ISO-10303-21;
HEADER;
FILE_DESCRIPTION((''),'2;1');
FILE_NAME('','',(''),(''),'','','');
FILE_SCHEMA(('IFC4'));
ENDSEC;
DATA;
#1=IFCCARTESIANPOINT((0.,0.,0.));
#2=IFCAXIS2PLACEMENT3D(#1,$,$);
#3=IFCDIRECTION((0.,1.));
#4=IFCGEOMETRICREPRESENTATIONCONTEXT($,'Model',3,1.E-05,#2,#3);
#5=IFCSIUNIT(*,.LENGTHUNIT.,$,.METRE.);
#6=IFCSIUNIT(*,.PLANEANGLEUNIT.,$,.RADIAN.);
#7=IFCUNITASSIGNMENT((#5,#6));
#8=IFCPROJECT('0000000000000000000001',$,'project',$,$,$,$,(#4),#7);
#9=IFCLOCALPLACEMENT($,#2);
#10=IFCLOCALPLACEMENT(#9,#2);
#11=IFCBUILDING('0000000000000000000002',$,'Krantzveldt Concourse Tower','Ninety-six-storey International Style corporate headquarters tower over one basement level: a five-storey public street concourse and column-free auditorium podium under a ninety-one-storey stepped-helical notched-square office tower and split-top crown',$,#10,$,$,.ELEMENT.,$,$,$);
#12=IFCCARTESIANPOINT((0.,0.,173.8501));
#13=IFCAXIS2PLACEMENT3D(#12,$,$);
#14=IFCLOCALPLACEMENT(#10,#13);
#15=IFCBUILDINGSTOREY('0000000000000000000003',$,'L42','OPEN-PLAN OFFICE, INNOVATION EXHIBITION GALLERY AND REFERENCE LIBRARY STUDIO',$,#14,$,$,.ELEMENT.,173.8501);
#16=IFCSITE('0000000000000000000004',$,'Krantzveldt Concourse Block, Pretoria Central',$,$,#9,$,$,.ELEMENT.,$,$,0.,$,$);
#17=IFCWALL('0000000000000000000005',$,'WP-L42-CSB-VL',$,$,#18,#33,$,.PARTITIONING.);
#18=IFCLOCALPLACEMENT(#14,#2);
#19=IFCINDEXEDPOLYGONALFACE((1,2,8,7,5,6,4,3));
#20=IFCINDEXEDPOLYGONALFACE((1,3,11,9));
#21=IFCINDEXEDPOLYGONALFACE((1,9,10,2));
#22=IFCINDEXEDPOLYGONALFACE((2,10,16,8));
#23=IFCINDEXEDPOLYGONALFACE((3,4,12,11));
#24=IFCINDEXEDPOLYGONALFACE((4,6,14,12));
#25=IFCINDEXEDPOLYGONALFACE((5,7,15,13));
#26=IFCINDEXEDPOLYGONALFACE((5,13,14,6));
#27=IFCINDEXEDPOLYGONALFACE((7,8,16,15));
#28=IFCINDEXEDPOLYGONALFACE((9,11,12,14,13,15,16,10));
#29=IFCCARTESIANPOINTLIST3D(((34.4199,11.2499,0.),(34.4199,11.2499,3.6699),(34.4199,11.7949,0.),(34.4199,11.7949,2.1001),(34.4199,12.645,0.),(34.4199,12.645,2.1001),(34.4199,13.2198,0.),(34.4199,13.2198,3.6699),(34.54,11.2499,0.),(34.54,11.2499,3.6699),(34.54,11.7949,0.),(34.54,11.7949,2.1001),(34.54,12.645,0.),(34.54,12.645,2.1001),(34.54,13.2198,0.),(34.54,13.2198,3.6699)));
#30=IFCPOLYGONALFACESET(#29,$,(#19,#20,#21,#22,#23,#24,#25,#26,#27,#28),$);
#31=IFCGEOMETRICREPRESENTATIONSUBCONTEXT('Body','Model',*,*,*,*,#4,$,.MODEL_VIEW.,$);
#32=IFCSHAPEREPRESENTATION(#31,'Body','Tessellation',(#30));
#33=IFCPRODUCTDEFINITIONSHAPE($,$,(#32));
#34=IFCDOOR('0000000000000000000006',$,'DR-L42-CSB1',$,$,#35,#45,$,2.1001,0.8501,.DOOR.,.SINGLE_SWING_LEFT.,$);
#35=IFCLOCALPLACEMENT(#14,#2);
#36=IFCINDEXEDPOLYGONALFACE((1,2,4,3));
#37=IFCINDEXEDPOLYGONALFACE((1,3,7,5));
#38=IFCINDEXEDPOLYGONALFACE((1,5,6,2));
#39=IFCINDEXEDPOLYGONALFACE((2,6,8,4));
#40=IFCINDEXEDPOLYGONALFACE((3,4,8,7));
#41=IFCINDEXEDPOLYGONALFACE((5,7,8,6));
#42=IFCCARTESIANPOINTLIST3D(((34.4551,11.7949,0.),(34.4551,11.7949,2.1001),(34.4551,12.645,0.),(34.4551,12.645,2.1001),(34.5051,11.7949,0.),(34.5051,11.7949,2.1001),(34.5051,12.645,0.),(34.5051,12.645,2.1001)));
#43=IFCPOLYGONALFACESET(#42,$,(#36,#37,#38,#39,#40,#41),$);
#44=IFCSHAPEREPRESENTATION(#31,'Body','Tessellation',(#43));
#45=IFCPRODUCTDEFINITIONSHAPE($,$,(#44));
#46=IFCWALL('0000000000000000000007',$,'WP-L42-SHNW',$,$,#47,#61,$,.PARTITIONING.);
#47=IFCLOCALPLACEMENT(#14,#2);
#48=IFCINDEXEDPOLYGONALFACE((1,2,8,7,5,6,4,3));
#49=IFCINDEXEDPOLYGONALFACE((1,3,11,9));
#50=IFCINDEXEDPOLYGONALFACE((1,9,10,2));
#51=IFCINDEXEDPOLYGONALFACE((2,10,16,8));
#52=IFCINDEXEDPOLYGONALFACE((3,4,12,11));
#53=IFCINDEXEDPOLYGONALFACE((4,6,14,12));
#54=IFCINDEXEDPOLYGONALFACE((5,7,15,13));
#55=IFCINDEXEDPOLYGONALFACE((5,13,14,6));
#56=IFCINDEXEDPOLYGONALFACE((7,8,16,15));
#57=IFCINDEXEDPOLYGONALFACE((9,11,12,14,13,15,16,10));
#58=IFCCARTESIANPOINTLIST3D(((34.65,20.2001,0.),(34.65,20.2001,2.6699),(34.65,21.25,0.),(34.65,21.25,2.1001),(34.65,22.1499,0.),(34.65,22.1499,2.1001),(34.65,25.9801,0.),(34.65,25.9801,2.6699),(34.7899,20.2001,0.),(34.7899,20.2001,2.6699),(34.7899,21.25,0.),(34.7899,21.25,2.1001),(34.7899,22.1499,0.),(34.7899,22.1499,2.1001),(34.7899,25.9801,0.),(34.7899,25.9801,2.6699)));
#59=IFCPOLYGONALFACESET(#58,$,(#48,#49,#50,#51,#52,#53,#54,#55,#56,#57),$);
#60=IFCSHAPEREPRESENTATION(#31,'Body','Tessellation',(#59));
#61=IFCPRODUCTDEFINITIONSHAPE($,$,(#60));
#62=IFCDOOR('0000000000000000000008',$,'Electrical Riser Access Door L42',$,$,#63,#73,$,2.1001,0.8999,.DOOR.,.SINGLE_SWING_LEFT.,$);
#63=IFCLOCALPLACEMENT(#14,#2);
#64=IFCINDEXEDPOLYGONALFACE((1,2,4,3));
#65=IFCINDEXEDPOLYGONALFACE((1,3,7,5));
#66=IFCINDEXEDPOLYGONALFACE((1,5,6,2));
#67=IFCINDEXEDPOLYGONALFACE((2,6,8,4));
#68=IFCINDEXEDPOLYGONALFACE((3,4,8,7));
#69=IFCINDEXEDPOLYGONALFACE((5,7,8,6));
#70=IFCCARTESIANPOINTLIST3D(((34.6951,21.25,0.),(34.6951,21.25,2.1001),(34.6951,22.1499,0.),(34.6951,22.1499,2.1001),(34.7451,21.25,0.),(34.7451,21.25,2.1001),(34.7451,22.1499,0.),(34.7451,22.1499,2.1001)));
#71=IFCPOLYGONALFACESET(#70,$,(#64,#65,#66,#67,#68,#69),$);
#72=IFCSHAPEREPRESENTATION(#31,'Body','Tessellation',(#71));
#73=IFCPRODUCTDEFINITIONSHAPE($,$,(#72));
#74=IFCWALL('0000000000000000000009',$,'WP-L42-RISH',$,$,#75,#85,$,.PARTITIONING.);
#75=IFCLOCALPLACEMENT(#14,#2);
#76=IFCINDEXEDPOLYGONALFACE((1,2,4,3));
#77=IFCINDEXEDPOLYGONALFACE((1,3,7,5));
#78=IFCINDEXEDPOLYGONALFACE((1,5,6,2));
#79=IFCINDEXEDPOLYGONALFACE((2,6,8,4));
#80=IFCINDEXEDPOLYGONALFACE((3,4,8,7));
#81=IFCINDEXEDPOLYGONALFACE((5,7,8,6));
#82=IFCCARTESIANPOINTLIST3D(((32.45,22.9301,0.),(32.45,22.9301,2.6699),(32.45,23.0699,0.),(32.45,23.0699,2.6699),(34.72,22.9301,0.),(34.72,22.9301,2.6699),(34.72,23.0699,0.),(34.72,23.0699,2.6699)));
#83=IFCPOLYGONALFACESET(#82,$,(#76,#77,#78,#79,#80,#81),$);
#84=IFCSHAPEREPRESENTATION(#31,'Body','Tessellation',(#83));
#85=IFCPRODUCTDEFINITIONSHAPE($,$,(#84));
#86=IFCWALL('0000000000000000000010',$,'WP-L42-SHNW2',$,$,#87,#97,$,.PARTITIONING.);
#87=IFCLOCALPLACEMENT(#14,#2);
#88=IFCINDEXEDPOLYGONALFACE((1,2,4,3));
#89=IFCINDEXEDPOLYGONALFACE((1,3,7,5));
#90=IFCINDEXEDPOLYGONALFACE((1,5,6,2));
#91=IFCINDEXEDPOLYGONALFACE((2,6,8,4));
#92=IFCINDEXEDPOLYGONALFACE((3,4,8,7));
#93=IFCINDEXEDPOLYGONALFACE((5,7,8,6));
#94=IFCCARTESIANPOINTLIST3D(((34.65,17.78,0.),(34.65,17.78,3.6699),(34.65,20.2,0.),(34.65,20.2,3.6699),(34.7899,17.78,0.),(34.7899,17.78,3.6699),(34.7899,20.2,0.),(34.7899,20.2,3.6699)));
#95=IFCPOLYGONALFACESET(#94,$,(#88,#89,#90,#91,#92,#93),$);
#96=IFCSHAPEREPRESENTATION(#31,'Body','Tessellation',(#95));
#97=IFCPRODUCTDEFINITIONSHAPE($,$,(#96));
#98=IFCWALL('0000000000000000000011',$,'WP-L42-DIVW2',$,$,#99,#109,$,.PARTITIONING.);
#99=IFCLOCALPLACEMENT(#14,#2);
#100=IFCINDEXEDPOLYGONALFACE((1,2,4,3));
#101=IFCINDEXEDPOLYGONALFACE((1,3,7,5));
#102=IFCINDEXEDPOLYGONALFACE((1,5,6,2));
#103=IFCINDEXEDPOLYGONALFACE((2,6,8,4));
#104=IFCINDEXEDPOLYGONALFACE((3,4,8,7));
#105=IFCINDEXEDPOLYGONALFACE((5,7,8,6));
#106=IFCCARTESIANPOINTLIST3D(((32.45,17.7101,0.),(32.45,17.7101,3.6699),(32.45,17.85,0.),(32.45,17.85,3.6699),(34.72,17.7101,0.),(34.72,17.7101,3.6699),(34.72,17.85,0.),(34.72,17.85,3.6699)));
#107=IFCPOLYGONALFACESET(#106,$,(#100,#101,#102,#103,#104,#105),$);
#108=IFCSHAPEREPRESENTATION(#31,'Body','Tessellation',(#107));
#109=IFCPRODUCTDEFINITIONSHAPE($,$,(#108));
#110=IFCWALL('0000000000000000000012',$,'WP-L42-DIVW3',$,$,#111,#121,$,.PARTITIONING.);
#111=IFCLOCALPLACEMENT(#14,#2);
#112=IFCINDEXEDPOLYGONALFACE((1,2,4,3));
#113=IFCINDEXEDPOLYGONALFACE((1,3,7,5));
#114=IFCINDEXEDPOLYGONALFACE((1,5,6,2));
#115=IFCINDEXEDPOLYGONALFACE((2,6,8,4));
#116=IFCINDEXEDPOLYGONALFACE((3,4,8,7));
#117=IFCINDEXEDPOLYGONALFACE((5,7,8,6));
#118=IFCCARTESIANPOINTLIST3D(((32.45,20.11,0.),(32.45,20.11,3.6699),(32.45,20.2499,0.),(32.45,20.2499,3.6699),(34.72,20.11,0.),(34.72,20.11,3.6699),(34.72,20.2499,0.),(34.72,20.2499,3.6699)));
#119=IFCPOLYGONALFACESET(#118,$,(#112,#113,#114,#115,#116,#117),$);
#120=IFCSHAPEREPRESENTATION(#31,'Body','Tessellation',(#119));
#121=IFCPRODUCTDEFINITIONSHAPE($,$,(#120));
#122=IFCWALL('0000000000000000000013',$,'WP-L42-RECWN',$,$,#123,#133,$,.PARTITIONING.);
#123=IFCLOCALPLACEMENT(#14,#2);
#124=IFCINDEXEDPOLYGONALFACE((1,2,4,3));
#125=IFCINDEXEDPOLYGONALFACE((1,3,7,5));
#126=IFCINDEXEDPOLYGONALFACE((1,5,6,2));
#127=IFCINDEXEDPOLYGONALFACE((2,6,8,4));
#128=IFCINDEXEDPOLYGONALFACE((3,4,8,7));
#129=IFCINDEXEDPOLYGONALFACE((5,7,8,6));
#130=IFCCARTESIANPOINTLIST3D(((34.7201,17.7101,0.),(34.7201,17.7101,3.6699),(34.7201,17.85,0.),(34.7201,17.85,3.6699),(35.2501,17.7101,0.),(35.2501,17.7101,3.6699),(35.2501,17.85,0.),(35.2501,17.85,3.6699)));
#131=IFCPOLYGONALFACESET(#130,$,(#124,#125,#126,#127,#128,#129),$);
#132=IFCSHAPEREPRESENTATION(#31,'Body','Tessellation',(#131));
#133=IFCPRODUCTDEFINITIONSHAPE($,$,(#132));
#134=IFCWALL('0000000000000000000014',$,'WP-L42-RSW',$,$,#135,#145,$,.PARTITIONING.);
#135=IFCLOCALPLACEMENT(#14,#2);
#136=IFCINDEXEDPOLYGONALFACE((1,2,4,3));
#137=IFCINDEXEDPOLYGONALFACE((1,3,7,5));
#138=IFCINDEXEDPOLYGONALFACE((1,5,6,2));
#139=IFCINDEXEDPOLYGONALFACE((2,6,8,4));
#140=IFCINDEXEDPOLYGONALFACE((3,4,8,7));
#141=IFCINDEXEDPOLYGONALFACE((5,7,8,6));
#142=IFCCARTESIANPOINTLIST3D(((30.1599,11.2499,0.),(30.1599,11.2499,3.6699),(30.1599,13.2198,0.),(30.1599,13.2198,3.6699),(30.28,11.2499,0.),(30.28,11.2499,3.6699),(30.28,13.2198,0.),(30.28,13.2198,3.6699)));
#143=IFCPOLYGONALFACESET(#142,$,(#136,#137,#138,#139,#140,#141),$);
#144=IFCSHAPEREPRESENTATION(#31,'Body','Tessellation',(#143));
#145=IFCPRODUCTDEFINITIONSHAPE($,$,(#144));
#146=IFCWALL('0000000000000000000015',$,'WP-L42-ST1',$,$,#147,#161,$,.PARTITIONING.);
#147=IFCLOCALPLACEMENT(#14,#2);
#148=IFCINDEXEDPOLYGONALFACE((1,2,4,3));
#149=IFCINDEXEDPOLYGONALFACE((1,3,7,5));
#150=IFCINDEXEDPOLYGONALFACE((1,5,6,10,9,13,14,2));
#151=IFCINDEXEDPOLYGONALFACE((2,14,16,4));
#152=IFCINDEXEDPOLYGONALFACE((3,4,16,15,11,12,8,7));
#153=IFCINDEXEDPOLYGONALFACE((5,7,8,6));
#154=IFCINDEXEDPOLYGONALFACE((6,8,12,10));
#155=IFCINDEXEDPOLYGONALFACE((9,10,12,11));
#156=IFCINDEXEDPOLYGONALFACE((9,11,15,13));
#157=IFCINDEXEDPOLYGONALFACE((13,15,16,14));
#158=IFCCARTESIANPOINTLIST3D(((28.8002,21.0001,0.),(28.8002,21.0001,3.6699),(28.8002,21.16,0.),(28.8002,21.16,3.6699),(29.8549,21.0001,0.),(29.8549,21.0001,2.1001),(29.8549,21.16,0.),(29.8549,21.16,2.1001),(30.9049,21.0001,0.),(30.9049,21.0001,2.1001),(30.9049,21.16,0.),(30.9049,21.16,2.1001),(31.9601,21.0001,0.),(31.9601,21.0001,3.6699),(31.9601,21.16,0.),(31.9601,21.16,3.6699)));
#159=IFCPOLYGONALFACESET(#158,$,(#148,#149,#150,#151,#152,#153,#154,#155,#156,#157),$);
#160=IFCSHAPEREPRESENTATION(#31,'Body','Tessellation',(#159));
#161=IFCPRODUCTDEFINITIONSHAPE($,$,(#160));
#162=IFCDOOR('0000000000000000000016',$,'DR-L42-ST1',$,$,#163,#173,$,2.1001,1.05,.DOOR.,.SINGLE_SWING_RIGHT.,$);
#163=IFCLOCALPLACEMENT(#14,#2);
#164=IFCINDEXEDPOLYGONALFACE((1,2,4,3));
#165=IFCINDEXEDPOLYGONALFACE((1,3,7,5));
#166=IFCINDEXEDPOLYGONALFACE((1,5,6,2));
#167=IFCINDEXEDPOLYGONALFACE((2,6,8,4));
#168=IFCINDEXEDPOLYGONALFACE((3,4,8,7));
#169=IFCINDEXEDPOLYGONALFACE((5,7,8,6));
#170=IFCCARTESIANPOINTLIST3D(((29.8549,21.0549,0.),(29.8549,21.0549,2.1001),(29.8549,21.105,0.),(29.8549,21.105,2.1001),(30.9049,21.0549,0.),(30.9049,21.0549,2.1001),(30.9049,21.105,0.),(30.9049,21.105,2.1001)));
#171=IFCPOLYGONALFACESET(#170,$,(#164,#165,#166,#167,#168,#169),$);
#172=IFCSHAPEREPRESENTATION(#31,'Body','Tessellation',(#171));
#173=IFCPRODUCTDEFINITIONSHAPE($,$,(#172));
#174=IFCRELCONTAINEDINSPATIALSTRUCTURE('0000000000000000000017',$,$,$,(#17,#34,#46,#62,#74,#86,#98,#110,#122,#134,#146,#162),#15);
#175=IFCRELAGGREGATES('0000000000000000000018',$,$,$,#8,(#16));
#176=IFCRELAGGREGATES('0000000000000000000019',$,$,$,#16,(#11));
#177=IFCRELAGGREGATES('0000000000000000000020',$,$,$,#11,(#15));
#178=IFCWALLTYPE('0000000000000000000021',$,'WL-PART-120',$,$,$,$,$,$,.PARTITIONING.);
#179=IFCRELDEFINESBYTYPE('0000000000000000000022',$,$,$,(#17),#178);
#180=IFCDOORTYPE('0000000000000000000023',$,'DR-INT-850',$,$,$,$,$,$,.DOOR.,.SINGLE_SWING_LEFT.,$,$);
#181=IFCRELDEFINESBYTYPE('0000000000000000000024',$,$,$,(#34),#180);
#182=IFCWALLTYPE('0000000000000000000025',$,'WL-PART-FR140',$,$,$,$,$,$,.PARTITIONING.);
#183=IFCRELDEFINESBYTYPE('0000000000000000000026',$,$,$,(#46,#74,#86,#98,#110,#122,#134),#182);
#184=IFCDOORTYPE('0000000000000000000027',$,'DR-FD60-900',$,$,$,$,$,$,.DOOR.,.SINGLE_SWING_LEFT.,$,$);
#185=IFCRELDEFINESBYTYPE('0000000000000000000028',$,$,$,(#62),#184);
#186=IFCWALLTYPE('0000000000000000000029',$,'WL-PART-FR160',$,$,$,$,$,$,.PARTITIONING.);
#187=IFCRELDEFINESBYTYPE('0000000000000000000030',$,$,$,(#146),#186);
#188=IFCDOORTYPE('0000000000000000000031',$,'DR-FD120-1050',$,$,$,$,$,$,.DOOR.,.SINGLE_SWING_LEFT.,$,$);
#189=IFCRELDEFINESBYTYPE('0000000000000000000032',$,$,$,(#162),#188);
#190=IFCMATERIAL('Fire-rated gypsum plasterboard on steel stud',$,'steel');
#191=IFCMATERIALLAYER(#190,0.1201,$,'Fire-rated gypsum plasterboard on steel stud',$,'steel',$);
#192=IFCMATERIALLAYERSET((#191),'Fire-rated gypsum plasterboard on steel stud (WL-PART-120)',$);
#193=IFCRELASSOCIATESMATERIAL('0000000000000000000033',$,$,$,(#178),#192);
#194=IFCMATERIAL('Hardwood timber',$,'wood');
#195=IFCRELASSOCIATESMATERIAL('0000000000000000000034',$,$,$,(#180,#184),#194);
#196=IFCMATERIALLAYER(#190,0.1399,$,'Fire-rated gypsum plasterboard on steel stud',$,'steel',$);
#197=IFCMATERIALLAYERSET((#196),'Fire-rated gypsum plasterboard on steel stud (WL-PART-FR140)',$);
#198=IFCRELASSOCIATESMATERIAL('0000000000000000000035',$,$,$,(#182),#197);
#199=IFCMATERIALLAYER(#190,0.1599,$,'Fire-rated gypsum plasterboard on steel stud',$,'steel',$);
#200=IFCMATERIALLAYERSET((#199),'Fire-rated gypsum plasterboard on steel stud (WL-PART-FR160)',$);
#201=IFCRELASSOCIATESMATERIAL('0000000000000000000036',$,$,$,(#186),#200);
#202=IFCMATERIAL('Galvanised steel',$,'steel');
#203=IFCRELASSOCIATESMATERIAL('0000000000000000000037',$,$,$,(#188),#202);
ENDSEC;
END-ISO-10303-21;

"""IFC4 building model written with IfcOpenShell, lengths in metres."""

from ifc_helpers import new_model, si_unit, direction, frame, frame_2d, origin, place, context, subcontext, project, spatial, rectangle, extrude, material, layer, layer_set, type_object, element, fill, save


model = new_model("IFC4")

# Units and contexts
model_context = context("Model", 3, precision=1e-05, world=origin(), true_north=direction((0.0, 1.0)))
body_context = subcontext(model_context, "Body", "Model", "MODEL_VIEW")
ifc_project = project(units=[si_unit("LENGTHUNIT", "METRE"), si_unit("PLANEANGLEUNIT", "RADIAN")], contexts=[model_context])

# Site, building, storey
site_placement = place(None, origin())
site = spatial("IfcSite", under=ifc_project, at=site_placement, Name="Krantzveldt Concourse Block, Pretoria Central", CompositionType="ELEMENT", RefElevation=0.0)
building_placement = place(site_placement, origin())
building = spatial("IfcBuilding", under=site, at=building_placement, Name="Krantzveldt Concourse Tower", Description="Ninety-six-storey International Style corporate headquarters tower over one basement level: a five-storey public street concourse and column-free auditorium podium under a ninety-one-storey stepped-helical notched-square office tower and split-top crown", CompositionType="ELEMENT")
storey_placement = place(building_placement, frame((0.0, 0.0, 173.8501)))
storey = spatial("IfcBuildingStorey", under=building, at=storey_placement, Name="L42", Description="OPEN-PLAN OFFICE, INNOVATION EXHIBITION GALLERY AND REFERENCE LIBRARY STUDIO", CompositionType="ELEMENT", Elevation=173.8501)

# Walls, openings, doors
ifc_material_1 = material(Name="Fire-rated gypsum plasterboard on steel stud", Category="steel")
ifc_layer_1 = layer(ifc_material_1, 0.1201, Name="Fire-rated gypsum plasterboard on steel stud", Category="steel")
ifc_layer_set_1 = layer_set([ifc_layer_1], Name="Fire-rated gypsum plasterboard on steel stud (WL-PART-120)")
wall_type_1 = type_object("IfcWallType", Name="WL-PART-120", PredefinedType="PARTITIONING", material=ifc_layer_set_1)
ifc_material_2 = material(Name="Hardwood timber", Category="wood")
door_type_1 = type_object("IfcDoorType", Name="DR-INT-850", OperationType="SINGLE_SWING_LEFT", PredefinedType="DOOR", material=ifc_material_2)
wall_1_placement = place(storey_placement, frame((34.48, 11.25, 0.0), z_axis=(0.0, 0.0, 1.0), x_axis=(0.0, 1.0, 0.0)))
wall_1 = element("IfcWall", 1, at=wall_1_placement, inside=storey, type_object=wall_type_1, Name="WP-L42-CSB-VL", PredefinedType="PARTITIONING", context=body_context, shape_type="SweptSolid", body=[
    extrude(rectangle(XDim=1.97, YDim=0.1201, at=frame_2d((0.9849, 0.0))), origin(), (0.0, 0.0, 1.0), 3.6699),
])
opening_1_placement = place(wall_1_placement, frame((0.5449, 0.0, 0.0)))
opening_1 = element("IfcOpeningElement", 2, at=opening_1_placement, cuts=wall_1, PredefinedType="OPENING", context=body_context, shape_type="SweptSolid", body=[
    extrude(rectangle(XDim=0.8501, YDim=2.1001, at=frame_2d((0.425, 1.05))), frame((0.0, 0.0701, 0.0), z_axis=(0.0, -1.0, 0.0), x_axis=(1.0, 0.0, 0.0)), (0.0, 0.0, 1.0), 0.1401),
])
door_1_placement = place(opening_1_placement, origin())
door_1 = element("IfcDoor", 3, at=door_1_placement, inside=storey, type_object=door_type_1, Name="DR-L42-CSB1", OperationType="SINGLE_SWING_LEFT", OverallHeight=2.1001, OverallWidth=0.8501, PredefinedType="DOOR", context=body_context, shape_type="SweptSolid", body=[
    extrude(rectangle(XDim=0.8501, YDim=2.1001, at=frame_2d((0.425, 1.05))), frame((0.0, 0.0249, 0.0), z_axis=(0.0, -1.0, 0.0), x_axis=(1.0, 0.0, 0.0)), (0.0, 0.0, 1.0), 0.05),
])
fill(opening_1, door_1)
ifc_layer_2 = layer(ifc_material_1, 0.1399, Name="Fire-rated gypsum plasterboard on steel stud", Category="steel")
ifc_layer_set_2 = layer_set([ifc_layer_2], Name="Fire-rated gypsum plasterboard on steel stud (WL-PART-FR140)")
wall_type_2 = type_object("IfcWallType", Name="WL-PART-FR140", PredefinedType="PARTITIONING", material=ifc_layer_set_2)
wall_2_placement = place(storey_placement, frame((34.72, 20.2, 0.0), z_axis=(0.0, 0.0, 1.0), x_axis=(0.0, 1.0, 0.0)))
wall_2 = element("IfcWall", 4, at=wall_2_placement, inside=storey, type_object=wall_type_2, Name="WP-L42-SHNW", PredefinedType="PARTITIONING", context=body_context, shape_type="SweptSolid", body=[
    extrude(rectangle(XDim=5.78, YDim=0.1399, at=frame_2d((2.8901, 0.0))), origin(), (0.0, 0.0, 1.0), 2.6699),
])
opening_2_placement = place(wall_2_placement, frame((1.05, 0.0, 0.0)))
opening_2 = element("IfcOpeningElement", 5, at=opening_2_placement, cuts=wall_2, PredefinedType="OPENING", context=body_context, shape_type="SweptSolid", body=[
    extrude(rectangle(XDim=0.8999, YDim=2.1001, at=frame_2d((0.45, 1.05))), frame((0.0, 0.0801, 0.0), z_axis=(0.0, -1.0, 0.0), x_axis=(1.0, 0.0, 0.0)), (0.0, 0.0, 1.0), 0.1599),
])
door_type_2 = type_object("IfcDoorType", Name="DR-FD60-900", OperationType="SINGLE_SWING_LEFT", PredefinedType="DOOR", material=ifc_material_2)
door_2_placement = place(opening_2_placement, origin())
door_2 = element("IfcDoor", 6, at=door_2_placement, inside=storey, type_object=door_type_2, Name="Electrical Riser Access Door L42", OperationType="SINGLE_SWING_LEFT", OverallHeight=2.1001, OverallWidth=0.8999, PredefinedType="DOOR", context=body_context, shape_type="SweptSolid", body=[
    extrude(rectangle(XDim=0.8999, YDim=2.1001, at=frame_2d((0.45, 1.05))), frame((0.0, 0.0249, 0.0), z_axis=(0.0, -1.0, 0.0), x_axis=(1.0, 0.0, 0.0)), (0.0, 0.0, 1.0), 0.05),
])
fill(opening_2, door_2)

# Walls
wall_3_placement = place(storey_placement, frame((32.45, 23.0, 0.0), z_axis=(0.0, 0.0, 1.0), x_axis=(1.0, 0.0, 0.0)))
element("IfcWall", 7, at=wall_3_placement, inside=storey, type_object=wall_type_2, Name="WP-L42-RISH", PredefinedType="PARTITIONING", context=body_context, shape_type="SweptSolid", body=[
    extrude(rectangle(XDim=2.27, YDim=0.1399, at=frame_2d((1.135, 0.0))), origin(), (0.0, 0.0, 1.0), 2.6699),
])
wall_4_placement = place(storey_placement, frame((34.72, 17.78, 0.0), z_axis=(0.0, 0.0, 1.0), x_axis=(0.0, 1.0, 0.0)))
element("IfcWall", 8, at=wall_4_placement, inside=storey, type_object=wall_type_2, Name="WP-L42-SHNW2", PredefinedType="PARTITIONING", context=body_context, shape_type="SweptSolid", body=[
    extrude(rectangle(XDim=2.4199, YDim=0.1399, at=frame_2d((1.21, 0.0))), origin(), (0.0, 0.0, 1.0), 3.6699),
])
for number, where, z_axis, x_axis, name in (
    (9, (32.45, 17.78, 0.0), (0.0, 0.0, 1.0), (1.0, 0.0, 0.0), "WP-L42-DIVW2"),
    (10, (32.45, 20.1799, 0.0), (0.0, 0.0, 1.0), (1.0, 0.0, 0.0), "WP-L42-DIVW3"),
):
    element("IfcWall", number, at=place(storey_placement, frame(where, z_axis=z_axis, x_axis=x_axis)), inside=storey, type_object=wall_type_2, Name=name, PredefinedType="PARTITIONING", context=body_context, shape_type="SweptSolid", body=[
        extrude(rectangle(XDim=2.27, YDim=0.1399, at=frame_2d((1.135, 0.0))), origin(), (0.0, 0.0, 1.0), 3.6699),
    ])
wall_5_placement = place(storey_placement, frame((34.72, 17.78, 0.0), z_axis=(0.0, 0.0, 1.0), x_axis=(1.0, 0.0, 0.0)))
element("IfcWall", 11, at=wall_5_placement, inside=storey, type_object=wall_type_2, Name="WP-L42-RECWN", PredefinedType="PARTITIONING", context=body_context, shape_type="SweptSolid", body=[
    extrude(rectangle(XDim=0.53, YDim=0.1399, at=frame_2d((0.2651, 0.0))), origin(), (0.0, 0.0, 1.0), 3.6699),
])
wall_6_placement = place(storey_placement, frame((30.22, 11.25, 0.0), z_axis=(0.0, 0.0, 1.0), x_axis=(0.0, 1.0, 0.0)))
element("IfcWall", 12, at=wall_6_placement, inside=storey, type_object=wall_type_2, Name="WP-L42-RSW", PredefinedType="PARTITIONING", context=body_context, shape_type="SweptSolid", body=[
    extrude(rectangle(XDim=1.97, YDim=0.1201, at=frame_2d((0.9849, 0.0))), origin(), (0.0, 0.0, 1.0), 3.6699),
])

# Wall, opening, door
ifc_layer_3 = layer(ifc_material_1, 0.1599, Name="Fire-rated gypsum plasterboard on steel stud", Category="steel")
ifc_layer_set_3 = layer_set([ifc_layer_3], Name="Fire-rated gypsum plasterboard on steel stud (WL-PART-FR160)")
wall_type_3 = type_object("IfcWallType", Name="WL-PART-FR160", PredefinedType="PARTITIONING", material=ifc_layer_set_3)
wall_7_placement = place(storey_placement, frame((28.8, 21.0801, 0.0), z_axis=(0.0, 0.0, 1.0), x_axis=(1.0, 0.0, 0.0)))
wall_7 = element("IfcWall", 13, at=wall_7_placement, inside=storey, type_object=wall_type_3, Name="WP-L42-ST1", PredefinedType="PARTITIONING", context=body_context, shape_type="SweptSolid", body=[
    extrude(rectangle(XDim=3.1599, YDim=0.1599, at=frame_2d((1.5801, 0.0))), origin(), (0.0, 0.0, 1.0), 3.6699),
])
opening_3_placement = place(wall_7_placement, frame((1.0549, 0.0, 0.0)))
opening_3 = element("IfcOpeningElement", 14, at=opening_3_placement, cuts=wall_7, PredefinedType="OPENING", context=body_context, shape_type="SweptSolid", body=[
    extrude(rectangle(XDim=1.05, YDim=2.1001, at=frame_2d((0.5249, 1.05))), frame((0.0, 0.0898, 0.0), z_axis=(0.0, -1.0, 0.0), x_axis=(1.0, 0.0, 0.0)), (0.0, 0.0, 1.0), 0.1799),
])
ifc_material_3 = material(Name="Galvanised steel", Category="steel")
door_type_3 = type_object("IfcDoorType", Name="DR-FD120-1050", OperationType="SINGLE_SWING_LEFT", PredefinedType="DOOR", material=ifc_material_3)
door_3_placement = place(opening_3_placement, origin())
door_3 = element("IfcDoor", 15, at=door_3_placement, inside=storey, type_object=door_type_3, Name="DR-L42-ST1", OperationType="SINGLE_SWING_RIGHT", OverallHeight=2.1001, OverallWidth=1.05, PredefinedType="DOOR", context=body_context, shape_type="SweptSolid", body=[
    extrude(rectangle(XDim=1.05, YDim=2.1001, at=frame_2d((0.5249, 1.05))), frame((0.0, 0.0249, 0.0), z_axis=(0.0, -1.0, 0.0), x_axis=(1.0, 0.0, 0.0)), (0.0, 0.0, 1.0), 0.05),
])
fill(opening_3, door_3)

save(model, "model.ifc")
